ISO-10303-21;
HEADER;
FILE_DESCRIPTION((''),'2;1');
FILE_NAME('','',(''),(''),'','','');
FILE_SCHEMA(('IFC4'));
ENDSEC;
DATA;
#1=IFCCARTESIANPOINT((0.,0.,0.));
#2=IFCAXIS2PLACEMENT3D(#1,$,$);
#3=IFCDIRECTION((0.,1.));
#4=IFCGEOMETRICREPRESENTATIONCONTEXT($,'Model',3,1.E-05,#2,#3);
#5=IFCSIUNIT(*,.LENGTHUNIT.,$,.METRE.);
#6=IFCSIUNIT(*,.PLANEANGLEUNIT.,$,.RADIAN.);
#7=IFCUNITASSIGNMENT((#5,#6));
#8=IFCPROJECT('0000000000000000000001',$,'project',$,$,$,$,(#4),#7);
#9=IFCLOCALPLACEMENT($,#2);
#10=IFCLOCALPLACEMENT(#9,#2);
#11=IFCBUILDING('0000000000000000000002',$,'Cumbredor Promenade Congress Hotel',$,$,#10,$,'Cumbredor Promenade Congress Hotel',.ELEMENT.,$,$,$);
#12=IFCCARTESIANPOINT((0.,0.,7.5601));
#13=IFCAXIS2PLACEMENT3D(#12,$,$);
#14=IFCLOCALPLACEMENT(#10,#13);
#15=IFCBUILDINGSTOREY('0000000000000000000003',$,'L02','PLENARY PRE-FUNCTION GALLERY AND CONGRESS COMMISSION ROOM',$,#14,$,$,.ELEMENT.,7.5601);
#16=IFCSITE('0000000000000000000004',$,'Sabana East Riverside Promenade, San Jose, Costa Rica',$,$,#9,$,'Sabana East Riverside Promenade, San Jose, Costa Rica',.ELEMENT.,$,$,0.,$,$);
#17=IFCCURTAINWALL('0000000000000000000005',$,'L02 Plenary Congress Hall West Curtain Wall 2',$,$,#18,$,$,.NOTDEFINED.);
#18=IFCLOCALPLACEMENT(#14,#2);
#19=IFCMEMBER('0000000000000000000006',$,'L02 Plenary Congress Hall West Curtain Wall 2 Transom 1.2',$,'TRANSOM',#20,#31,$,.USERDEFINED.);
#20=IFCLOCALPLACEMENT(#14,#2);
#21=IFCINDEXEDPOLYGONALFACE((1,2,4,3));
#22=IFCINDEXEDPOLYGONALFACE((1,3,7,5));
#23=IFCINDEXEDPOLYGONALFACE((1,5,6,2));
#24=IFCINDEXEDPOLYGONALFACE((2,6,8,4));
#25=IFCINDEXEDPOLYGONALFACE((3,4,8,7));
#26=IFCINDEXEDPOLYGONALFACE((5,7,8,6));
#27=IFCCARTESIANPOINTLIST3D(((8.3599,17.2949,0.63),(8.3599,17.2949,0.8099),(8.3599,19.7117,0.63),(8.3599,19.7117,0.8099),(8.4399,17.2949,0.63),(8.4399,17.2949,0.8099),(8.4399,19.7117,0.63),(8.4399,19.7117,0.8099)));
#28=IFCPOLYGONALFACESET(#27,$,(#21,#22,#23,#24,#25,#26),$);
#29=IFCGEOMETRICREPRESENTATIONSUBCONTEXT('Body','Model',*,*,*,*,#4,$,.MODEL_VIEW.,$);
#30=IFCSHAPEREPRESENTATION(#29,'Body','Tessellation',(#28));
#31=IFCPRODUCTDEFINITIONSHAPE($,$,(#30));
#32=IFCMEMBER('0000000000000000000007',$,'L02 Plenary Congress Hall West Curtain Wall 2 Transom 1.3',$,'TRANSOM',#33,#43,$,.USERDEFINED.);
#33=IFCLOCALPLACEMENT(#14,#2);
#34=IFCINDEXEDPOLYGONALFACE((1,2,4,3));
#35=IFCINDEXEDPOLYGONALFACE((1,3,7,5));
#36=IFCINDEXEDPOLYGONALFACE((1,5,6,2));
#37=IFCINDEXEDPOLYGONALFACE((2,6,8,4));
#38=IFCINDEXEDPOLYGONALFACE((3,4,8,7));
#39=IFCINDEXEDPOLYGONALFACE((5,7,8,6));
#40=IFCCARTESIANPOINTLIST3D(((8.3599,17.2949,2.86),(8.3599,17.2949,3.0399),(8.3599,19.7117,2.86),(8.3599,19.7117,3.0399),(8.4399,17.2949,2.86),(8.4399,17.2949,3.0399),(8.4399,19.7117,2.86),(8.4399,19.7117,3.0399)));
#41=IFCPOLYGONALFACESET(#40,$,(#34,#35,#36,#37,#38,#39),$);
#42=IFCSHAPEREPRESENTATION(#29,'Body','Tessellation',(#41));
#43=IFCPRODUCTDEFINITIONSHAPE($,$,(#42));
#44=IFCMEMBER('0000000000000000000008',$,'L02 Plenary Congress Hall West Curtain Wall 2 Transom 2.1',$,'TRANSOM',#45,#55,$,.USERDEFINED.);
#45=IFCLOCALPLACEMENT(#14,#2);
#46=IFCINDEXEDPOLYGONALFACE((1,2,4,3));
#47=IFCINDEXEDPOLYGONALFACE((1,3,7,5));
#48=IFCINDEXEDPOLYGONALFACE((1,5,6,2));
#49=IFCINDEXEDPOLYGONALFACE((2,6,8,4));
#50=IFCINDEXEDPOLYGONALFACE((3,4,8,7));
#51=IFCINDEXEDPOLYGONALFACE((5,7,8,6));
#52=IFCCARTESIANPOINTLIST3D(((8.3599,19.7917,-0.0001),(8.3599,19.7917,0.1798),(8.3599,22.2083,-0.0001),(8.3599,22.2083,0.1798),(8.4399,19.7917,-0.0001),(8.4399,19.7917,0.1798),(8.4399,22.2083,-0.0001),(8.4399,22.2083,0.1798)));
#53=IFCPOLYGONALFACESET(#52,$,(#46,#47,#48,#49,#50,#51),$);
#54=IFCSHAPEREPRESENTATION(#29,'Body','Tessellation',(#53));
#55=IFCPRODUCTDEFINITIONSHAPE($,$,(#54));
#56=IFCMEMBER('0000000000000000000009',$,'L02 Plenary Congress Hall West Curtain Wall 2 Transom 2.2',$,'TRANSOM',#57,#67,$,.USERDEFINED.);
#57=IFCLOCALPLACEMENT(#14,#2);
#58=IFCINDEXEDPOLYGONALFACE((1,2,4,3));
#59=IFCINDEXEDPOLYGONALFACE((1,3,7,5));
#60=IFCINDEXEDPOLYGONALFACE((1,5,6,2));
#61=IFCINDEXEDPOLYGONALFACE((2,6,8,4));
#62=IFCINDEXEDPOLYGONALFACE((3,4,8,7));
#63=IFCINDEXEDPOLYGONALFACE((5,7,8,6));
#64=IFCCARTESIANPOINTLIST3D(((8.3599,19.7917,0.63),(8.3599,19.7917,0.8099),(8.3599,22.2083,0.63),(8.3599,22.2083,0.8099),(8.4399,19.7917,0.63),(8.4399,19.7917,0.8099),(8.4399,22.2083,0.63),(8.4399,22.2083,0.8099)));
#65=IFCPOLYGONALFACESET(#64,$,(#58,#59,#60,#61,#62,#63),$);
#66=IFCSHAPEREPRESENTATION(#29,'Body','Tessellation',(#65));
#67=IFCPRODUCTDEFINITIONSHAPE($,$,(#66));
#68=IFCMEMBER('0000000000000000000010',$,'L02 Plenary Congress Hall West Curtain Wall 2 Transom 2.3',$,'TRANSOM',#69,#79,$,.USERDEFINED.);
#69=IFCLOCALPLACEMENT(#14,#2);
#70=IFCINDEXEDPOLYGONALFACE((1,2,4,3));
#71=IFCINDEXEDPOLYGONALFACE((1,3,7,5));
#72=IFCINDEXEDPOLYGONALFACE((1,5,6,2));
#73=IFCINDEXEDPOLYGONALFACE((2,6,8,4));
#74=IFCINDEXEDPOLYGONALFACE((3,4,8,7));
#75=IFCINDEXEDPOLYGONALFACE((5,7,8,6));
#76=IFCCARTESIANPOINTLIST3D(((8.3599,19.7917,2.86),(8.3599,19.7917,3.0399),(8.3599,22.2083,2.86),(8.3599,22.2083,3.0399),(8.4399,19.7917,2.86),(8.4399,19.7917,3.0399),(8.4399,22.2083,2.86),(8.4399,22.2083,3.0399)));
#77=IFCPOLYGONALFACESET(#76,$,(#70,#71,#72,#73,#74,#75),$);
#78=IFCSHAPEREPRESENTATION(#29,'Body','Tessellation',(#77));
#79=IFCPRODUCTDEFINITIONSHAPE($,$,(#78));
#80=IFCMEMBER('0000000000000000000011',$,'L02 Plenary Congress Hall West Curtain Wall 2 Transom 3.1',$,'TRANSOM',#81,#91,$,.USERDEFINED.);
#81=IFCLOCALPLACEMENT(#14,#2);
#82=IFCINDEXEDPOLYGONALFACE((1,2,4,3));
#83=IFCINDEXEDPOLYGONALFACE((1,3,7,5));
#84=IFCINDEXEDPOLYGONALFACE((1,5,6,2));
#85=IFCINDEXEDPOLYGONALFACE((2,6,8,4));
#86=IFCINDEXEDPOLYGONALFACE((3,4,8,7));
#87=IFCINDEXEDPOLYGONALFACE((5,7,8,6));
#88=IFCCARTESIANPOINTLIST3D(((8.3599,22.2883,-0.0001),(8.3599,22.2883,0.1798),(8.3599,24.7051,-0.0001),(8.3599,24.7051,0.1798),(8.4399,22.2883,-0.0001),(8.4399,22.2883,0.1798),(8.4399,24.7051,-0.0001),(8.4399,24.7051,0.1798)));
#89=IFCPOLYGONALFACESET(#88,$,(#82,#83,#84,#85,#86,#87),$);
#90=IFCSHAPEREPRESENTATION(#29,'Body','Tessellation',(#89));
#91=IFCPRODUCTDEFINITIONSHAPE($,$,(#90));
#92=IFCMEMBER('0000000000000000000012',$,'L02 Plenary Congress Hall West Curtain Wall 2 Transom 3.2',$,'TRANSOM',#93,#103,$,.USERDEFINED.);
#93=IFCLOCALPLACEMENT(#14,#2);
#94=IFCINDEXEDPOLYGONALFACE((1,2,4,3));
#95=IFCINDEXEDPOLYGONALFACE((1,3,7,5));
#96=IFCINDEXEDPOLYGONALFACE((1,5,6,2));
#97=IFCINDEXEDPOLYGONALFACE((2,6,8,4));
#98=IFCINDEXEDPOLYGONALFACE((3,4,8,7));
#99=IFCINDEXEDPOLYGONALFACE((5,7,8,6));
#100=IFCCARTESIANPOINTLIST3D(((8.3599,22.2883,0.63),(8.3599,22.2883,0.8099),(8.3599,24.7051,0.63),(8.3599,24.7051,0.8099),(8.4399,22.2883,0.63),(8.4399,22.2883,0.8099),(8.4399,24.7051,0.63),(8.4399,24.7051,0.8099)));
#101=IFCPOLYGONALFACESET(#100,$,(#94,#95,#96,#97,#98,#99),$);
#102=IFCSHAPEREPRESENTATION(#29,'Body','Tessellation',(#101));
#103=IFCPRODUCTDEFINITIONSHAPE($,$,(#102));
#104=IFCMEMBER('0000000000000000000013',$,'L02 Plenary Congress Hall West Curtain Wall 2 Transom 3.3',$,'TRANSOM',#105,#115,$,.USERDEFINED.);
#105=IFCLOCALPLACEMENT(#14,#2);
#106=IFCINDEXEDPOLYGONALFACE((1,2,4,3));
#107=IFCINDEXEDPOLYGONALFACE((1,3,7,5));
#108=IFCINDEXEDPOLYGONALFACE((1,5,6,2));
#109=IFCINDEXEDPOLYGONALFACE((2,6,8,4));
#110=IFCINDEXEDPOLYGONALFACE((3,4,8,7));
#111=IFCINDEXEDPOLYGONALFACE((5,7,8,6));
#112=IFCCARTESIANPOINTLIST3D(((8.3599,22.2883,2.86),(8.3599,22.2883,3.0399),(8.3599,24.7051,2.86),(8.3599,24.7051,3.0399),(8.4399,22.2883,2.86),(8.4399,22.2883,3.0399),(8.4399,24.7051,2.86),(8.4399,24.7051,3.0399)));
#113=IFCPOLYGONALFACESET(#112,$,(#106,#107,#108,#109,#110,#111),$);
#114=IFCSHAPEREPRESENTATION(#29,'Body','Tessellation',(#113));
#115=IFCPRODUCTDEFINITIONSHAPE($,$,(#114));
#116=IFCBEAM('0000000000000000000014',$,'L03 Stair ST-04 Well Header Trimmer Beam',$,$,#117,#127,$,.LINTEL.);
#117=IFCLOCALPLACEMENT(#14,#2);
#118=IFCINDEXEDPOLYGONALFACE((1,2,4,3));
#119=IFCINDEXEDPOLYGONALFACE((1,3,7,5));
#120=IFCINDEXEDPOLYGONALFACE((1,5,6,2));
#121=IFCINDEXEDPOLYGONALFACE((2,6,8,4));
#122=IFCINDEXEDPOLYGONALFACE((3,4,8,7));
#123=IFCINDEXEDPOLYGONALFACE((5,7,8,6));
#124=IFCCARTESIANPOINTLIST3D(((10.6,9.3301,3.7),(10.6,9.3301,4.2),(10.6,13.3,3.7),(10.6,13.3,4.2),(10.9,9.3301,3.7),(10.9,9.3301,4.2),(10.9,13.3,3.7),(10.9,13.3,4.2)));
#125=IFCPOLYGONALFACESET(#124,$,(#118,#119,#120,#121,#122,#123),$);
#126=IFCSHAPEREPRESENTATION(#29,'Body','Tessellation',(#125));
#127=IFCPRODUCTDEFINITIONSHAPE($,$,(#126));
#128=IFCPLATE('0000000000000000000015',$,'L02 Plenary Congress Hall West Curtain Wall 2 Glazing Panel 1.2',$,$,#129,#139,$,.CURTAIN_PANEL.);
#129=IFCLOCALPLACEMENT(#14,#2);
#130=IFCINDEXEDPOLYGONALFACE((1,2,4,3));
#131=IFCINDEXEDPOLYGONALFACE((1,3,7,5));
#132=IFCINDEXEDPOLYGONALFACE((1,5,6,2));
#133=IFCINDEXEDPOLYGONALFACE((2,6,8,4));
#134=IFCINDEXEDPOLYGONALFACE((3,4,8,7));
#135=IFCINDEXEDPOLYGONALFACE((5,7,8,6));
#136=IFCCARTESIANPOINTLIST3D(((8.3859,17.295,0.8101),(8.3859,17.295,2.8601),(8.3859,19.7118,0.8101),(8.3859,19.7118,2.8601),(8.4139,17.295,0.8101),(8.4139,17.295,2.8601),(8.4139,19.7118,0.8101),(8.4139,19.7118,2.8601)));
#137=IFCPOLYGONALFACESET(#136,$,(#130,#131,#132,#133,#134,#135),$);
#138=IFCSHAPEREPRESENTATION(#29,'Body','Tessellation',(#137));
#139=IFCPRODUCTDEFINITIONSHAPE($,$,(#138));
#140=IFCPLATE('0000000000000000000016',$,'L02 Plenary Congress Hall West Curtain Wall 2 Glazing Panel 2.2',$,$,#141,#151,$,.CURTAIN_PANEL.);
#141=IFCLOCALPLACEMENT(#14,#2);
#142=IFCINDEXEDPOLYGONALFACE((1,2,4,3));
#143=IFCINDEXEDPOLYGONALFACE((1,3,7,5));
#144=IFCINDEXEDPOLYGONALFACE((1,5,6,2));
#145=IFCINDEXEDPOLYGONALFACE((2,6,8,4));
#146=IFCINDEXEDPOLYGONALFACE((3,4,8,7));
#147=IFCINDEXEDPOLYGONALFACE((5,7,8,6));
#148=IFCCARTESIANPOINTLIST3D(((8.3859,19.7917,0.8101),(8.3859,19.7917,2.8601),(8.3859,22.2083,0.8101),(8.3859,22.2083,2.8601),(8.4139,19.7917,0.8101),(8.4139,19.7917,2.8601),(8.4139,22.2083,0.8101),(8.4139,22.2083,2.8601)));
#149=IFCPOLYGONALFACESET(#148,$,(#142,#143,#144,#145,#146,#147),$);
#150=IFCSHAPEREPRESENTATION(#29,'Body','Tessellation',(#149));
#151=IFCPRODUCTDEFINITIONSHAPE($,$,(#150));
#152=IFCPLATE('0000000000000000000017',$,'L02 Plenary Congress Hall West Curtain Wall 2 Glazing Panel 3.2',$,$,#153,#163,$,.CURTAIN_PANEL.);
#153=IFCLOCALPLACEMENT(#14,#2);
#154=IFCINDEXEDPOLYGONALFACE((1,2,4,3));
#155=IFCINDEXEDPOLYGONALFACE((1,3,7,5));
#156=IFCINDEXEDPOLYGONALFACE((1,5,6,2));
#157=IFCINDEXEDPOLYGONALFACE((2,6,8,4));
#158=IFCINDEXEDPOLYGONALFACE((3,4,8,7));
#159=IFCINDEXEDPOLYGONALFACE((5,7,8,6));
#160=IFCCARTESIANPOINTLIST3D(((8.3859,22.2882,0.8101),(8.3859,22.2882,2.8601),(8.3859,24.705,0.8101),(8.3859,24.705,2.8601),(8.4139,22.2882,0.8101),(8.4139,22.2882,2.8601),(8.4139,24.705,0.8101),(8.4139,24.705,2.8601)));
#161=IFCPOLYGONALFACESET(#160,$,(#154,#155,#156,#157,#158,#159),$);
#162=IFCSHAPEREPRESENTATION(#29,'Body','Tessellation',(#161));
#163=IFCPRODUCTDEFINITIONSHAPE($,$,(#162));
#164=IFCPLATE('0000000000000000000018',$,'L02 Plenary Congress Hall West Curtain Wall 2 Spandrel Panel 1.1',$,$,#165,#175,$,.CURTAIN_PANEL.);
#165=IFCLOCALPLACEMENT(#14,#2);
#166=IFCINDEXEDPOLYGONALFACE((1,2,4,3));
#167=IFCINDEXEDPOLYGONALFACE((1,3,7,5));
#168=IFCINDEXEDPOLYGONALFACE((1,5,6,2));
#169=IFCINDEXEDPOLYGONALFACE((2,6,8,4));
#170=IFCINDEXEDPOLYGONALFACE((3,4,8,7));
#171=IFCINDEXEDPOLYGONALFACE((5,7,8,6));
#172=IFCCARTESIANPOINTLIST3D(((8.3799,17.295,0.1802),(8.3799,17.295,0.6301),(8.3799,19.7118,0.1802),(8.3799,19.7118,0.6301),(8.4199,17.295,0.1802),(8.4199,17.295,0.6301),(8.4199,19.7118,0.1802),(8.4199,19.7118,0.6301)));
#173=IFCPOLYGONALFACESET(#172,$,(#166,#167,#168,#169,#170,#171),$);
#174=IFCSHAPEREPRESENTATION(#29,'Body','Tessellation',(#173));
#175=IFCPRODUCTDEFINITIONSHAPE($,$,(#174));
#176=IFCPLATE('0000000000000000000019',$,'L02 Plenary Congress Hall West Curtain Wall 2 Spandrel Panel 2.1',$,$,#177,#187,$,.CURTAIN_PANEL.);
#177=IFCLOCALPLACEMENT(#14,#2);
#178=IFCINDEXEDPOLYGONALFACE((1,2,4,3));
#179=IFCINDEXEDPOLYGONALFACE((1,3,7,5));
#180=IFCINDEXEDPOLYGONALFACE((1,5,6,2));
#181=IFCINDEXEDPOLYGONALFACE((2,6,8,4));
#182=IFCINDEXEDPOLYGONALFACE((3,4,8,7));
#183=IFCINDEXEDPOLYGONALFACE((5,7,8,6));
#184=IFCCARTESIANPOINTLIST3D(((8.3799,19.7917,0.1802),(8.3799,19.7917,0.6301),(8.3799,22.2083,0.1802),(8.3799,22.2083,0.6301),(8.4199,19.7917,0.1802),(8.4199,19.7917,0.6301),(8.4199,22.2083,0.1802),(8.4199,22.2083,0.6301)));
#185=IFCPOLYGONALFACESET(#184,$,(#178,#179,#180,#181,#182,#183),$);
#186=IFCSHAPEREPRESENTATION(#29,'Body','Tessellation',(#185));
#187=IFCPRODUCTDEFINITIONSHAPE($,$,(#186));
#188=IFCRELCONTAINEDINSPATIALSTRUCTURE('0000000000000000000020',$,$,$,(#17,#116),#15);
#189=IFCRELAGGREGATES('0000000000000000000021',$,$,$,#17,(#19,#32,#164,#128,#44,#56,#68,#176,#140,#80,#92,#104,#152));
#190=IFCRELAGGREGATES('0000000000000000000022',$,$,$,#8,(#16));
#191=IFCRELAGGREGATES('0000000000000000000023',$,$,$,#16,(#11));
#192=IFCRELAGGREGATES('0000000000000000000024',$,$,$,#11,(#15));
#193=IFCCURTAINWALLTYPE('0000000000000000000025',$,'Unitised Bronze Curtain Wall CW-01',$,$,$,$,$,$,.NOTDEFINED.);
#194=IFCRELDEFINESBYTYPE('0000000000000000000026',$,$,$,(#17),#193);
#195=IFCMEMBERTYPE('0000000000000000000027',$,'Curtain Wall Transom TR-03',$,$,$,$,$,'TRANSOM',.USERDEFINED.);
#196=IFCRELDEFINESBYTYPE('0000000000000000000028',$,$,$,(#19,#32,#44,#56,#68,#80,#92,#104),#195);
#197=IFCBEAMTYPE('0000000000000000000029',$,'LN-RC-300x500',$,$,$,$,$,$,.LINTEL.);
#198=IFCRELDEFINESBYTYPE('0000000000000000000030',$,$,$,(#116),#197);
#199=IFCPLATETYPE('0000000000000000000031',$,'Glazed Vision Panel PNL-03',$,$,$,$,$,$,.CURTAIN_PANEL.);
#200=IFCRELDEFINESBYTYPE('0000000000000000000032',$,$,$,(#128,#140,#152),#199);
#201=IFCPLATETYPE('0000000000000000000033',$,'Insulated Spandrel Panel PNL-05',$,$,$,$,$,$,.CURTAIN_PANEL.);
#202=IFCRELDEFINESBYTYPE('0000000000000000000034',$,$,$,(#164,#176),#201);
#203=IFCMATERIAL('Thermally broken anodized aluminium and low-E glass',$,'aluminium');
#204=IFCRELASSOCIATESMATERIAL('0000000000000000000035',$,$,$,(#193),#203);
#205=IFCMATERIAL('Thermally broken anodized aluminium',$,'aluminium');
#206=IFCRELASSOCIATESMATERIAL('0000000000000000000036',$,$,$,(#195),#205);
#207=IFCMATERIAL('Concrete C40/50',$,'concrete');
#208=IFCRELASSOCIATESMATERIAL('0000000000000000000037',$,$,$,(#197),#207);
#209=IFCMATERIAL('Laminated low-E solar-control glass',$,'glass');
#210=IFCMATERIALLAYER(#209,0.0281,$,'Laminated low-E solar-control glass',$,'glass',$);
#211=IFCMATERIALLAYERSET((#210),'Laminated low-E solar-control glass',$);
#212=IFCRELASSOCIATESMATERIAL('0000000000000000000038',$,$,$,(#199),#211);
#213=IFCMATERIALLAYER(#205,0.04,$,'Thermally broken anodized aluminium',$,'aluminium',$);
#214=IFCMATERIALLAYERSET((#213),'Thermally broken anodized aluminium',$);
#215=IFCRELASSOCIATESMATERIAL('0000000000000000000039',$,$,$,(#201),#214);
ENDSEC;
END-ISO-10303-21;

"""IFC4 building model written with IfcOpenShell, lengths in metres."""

from ifc_helpers import new_model, si_unit, direction, frame, origin, origin_2d, place, context, subcontext, project, spatial, rectangle, extrude, material, layer, layer_set, material_profile, profile_set, type_object, element, aggregate, save


model = new_model("IFC4")

# Units and contexts
model_context = context("Model", 3, precision=1e-05, world=origin(), true_north=direction((0.0, 1.0)))
body_context = subcontext(model_context, "Body", "Model", "MODEL_VIEW")
ifc_project = project(units=[si_unit("LENGTHUNIT", "METRE"), si_unit("PLANEANGLEUNIT", "RADIAN")], contexts=[model_context])

# Site, building, storey
site_placement = place(None, origin())
site = spatial("IfcSite", under=ifc_project, at=site_placement, Name="Sabana East Riverside Promenade, San Jose, Costa Rica", LongName="Sabana East Riverside Promenade, San Jose, Costa Rica", CompositionType="ELEMENT", RefElevation=0.0)
building_placement = place(site_placement, origin())
building = spatial("IfcBuilding", under=site, at=building_placement, Name="Cumbredor Promenade Congress Hotel", LongName="Cumbredor Promenade Congress Hotel", CompositionType="ELEMENT")
storey_placement = place(building_placement, frame((0.0, 0.0, 7.5601)))
storey = spatial("IfcBuildingStorey", under=building, at=storey_placement, Name="L02", Description="PLENARY PRE-FUNCTION GALLERY AND CONGRESS COMMISSION ROOM", CompositionType="ELEMENT", Elevation=7.5601)

# Shared definitions
ifc_material_1 = material(Name="Concrete C40/50", Category="concrete")

# Curtain wall, members
ifc_material_2 = material(Name="Thermally broken anodized aluminium and low-E glass", Category="aluminium")
curtain_wall_type = type_object("IfcCurtainWallType", Name="Unitised Bronze Curtain Wall CW-01", PredefinedType="NOTDEFINED", material=ifc_material_2)
curtain_wall_placement = place(storey_placement, origin())
curtain_wall = element("IfcCurtainWall", 1, at=curtain_wall_placement, inside=storey, type_object=curtain_wall_type, Name="L02 Plenary Congress Hall West Curtain Wall 2", PredefinedType="NOTDEFINED")
ifc_material_3 = material(Name="Thermally broken anodized aluminium", Category="aluminium")
ifc_material_profile_1 = material_profile(ifc_material_3, rectangle(XDim=0.0801, YDim=0.1799, at=origin_2d()), Name="ALU TRANSOM 80x180")
ifc_profile_set_1 = profile_set([ifc_material_profile_1], Name="Thermally broken anodized aluminium")
member_type_1 = type_object("IfcMemberType", Name="Curtain Wall Transom TR-03", ElementType="TRANSOM", PredefinedType="USERDEFINED", material=ifc_profile_set_1)
member_1_placement = place(storey_placement, frame((8.3999, 17.2949, 0.72), z_axis=(0.0, 1.0, 0.0), x_axis=(-1.0, 0.0, 0.0)))
member_1 = element("IfcMember", 2, at=member_1_placement, type_object=member_type_1, Name="L02 Plenary Congress Hall West Curtain Wall 2 Transom 1.2", ObjectType="TRANSOM", PredefinedType="USERDEFINED", context=body_context, shape_type="SweptSolid", body=[
    extrude(rectangle(XDim=0.0801, YDim=0.1799, at=origin_2d()), origin(), (0.0, 0.0, 1.0), 2.4167),
])
member_2_placement = place(storey_placement, frame((8.3999, 17.2949, 2.95), z_axis=(0.0, 1.0, 0.0), x_axis=(-1.0, 0.0, 0.0)))
member_2 = element("IfcMember", 3, at=member_2_placement, type_object=member_type_1, Name="L02 Plenary Congress Hall West Curtain Wall 2 Transom 1.3", ObjectType="TRANSOM", PredefinedType="USERDEFINED", context=body_context, shape_type="SweptSolid", body=[
    extrude(rectangle(XDim=0.0801, YDim=0.1799, at=origin_2d()), origin(), (0.0, 0.0, 1.0), 2.4167),
])
member_3_placement = place(storey_placement, frame((8.3999, 19.7917, 0.0898), z_axis=(0.0, 1.0, 0.0), x_axis=(-1.0, 0.0, 0.0)))
member_3 = element("IfcMember", 4, at=member_3_placement, type_object=member_type_1, Name="L02 Plenary Congress Hall West Curtain Wall 2 Transom 2.1", ObjectType="TRANSOM", PredefinedType="USERDEFINED", context=body_context, shape_type="SweptSolid", body=[
    extrude(rectangle(XDim=0.0801, YDim=0.1799, at=origin_2d()), origin(), (0.0, 0.0, 1.0), 2.4165),
])
member_4_placement = place(storey_placement, frame((8.3999, 19.7917, 0.72), z_axis=(0.0, 1.0, 0.0), x_axis=(-1.0, 0.0, 0.0)))
member_4 = element("IfcMember", 5, at=member_4_placement, type_object=member_type_1, Name="L02 Plenary Congress Hall West Curtain Wall 2 Transom 2.2", ObjectType="TRANSOM", PredefinedType="USERDEFINED", context=body_context, shape_type="SweptSolid", body=[
    extrude(rectangle(XDim=0.0801, YDim=0.1799, at=origin_2d()), origin(), (0.0, 0.0, 1.0), 2.4165),
])
member_5_placement = place(storey_placement, frame((8.3999, 19.7917, 2.95), z_axis=(0.0, 1.0, 0.0), x_axis=(-1.0, 0.0, 0.0)))
member_5 = element("IfcMember", 6, at=member_5_placement, type_object=member_type_1, Name="L02 Plenary Congress Hall West Curtain Wall 2 Transom 2.3", ObjectType="TRANSOM", PredefinedType="USERDEFINED", context=body_context, shape_type="SweptSolid", body=[
    extrude(rectangle(XDim=0.0801, YDim=0.1799, at=origin_2d()), origin(), (0.0, 0.0, 1.0), 2.4165),
])
member_6_placement = place(storey_placement, frame((8.3999, 22.2883, 0.0898), z_axis=(0.0, 1.0, 0.0), x_axis=(-1.0, 0.0, 0.0)))
member_6 = element("IfcMember", 7, at=member_6_placement, type_object=member_type_1, Name="L02 Plenary Congress Hall West Curtain Wall 2 Transom 3.1", ObjectType="TRANSOM", PredefinedType="USERDEFINED", context=body_context, shape_type="SweptSolid", body=[
    extrude(rectangle(XDim=0.0801, YDim=0.1799, at=origin_2d()), origin(), (0.0, 0.0, 1.0), 2.4167),
])
member_7_placement = place(storey_placement, frame((8.3999, 22.2883, 0.72), z_axis=(0.0, 1.0, 0.0), x_axis=(-1.0, 0.0, 0.0)))
member_7 = element("IfcMember", 8, at=member_7_placement, type_object=member_type_1, Name="L02 Plenary Congress Hall West Curtain Wall 2 Transom 3.2", ObjectType="TRANSOM", PredefinedType="USERDEFINED", context=body_context, shape_type="SweptSolid", body=[
    extrude(rectangle(XDim=0.0801, YDim=0.1799, at=origin_2d()), origin(), (0.0, 0.0, 1.0), 2.4167),
])
member_8_placement = place(storey_placement, frame((8.3999, 22.2883, 2.95), z_axis=(0.0, 1.0, 0.0), x_axis=(-1.0, 0.0, 0.0)))
member_8 = element("IfcMember", 9, at=member_8_placement, type_object=member_type_1, Name="L02 Plenary Congress Hall West Curtain Wall 2 Transom 3.3", ObjectType="TRANSOM", PredefinedType="USERDEFINED", context=body_context, shape_type="SweptSolid", body=[
    extrude(rectangle(XDim=0.0801, YDim=0.1799, at=origin_2d()), origin(), (0.0, 0.0, 1.0), 2.4167),
])

# Beam
ifc_material_profile_2 = material_profile(ifc_material_1, rectangle(XDim=0.3, YDim=0.5, at=origin_2d()), Name="RC LINTEL 300x500")
ifc_profile_set_2 = profile_set([ifc_material_profile_2], Name="Concrete C40/50")
beam_type_1 = type_object("IfcBeamType", Name="LN-RC-300x500", PredefinedType="LINTEL", material=ifc_profile_set_2)
beam_1_placement = place(storey_placement, frame((10.75, 9.3301, 3.95), z_axis=(0.0, 1.0, 0.0), x_axis=(-1.0, 0.0, 0.0)))
element("IfcBeam", 10, at=beam_1_placement, inside=storey, type_object=beam_type_1, Name="L03 Stair ST-04 Well Header Trimmer Beam", PredefinedType="LINTEL", context=body_context, shape_type="SweptSolid", body=[
    extrude(rectangle(XDim=0.3, YDim=0.5, at=origin_2d()), origin(), (0.0, 0.0, 1.0), 3.97),
])

# Plates
ifc_material_4 = material(Name="Laminated low-E solar-control glass", Category="glass")
ifc_layer_1 = layer(ifc_material_4, 0.0281, Name="Laminated low-E solar-control glass", Category="glass")
ifc_layer_set_1 = layer_set([ifc_layer_1], Name="Laminated low-E solar-control glass")
plate_type_1 = type_object("IfcPlateType", Name="Glazed Vision Panel PNL-03", PredefinedType="CURTAIN_PANEL", material=ifc_layer_set_1)
plate_1_placement = place(storey_placement, frame((8.3999, 18.5034, 0.8101), z_axis=(0.0, 0.0, 1.0), x_axis=(0.0, 1.0, 0.0)))
plate_1 = element("IfcPlate", 11, at=plate_1_placement, type_object=plate_type_1, Name="L02 Plenary Congress Hall West Curtain Wall 2 Glazing Panel 1.2", PredefinedType="CURTAIN_PANEL", context=body_context, shape_type="SweptSolid", body=[
    extrude(rectangle(XDim=2.4167, YDim=0.0281, at=origin_2d()), origin(), (0.0, 0.0, 1.0), 2.05),
])
plate_2_placement = place(storey_placement, frame((8.3999, 21.0, 0.8101), z_axis=(0.0, 0.0, 1.0), x_axis=(0.0, 1.0, 0.0)))
plate_2 = element("IfcPlate", 12, at=plate_2_placement, type_object=plate_type_1, Name="L02 Plenary Congress Hall West Curtain Wall 2 Glazing Panel 2.2", PredefinedType="CURTAIN_PANEL", context=body_context, shape_type="SweptSolid", body=[
    extrude(rectangle(XDim=2.4165, YDim=0.0281, at=origin_2d()), origin(), (0.0, 0.0, 1.0), 2.05),
])
plate_3_placement = place(storey_placement, frame((8.3999, 23.4966, 0.8101), z_axis=(0.0, 0.0, 1.0), x_axis=(0.0, 1.0, 0.0)))
plate_3 = element("IfcPlate", 13, at=plate_3_placement, type_object=plate_type_1, Name="L02 Plenary Congress Hall West Curtain Wall 2 Glazing Panel 3.2", PredefinedType="CURTAIN_PANEL", context=body_context, shape_type="SweptSolid", body=[
    extrude(rectangle(XDim=2.4167, YDim=0.0281, at=origin_2d()), origin(), (0.0, 0.0, 1.0), 2.05),
])
ifc_layer_2 = layer(ifc_material_3, 0.04, Name="Thermally broken anodized aluminium", Category="aluminium")
ifc_layer_set_2 = layer_set([ifc_layer_2], Name="Thermally broken anodized aluminium")
plate_type_2 = type_object("IfcPlateType", Name="Insulated Spandrel Panel PNL-05", PredefinedType="CURTAIN_PANEL", material=ifc_layer_set_2)
plate_4_placement = place(storey_placement, frame((8.3999, 18.5034, 0.1802), z_axis=(0.0, 0.0, 1.0), x_axis=(0.0, 1.0, 0.0)))
plate_4 = element("IfcPlate", 14, at=plate_4_placement, type_object=plate_type_2, Name="L02 Plenary Congress Hall West Curtain Wall 2 Spandrel Panel 1.1", PredefinedType="CURTAIN_PANEL", context=body_context, shape_type="SweptSolid", body=[
    extrude(rectangle(XDim=2.4167, YDim=0.04, at=origin_2d()), origin(), (0.0, 0.0, 1.0), 0.45),
])
plate_5_placement = place(storey_placement, frame((8.3999, 21.0, 0.1802), z_axis=(0.0, 0.0, 1.0), x_axis=(0.0, 1.0, 0.0)))
plate_5 = element("IfcPlate", 15, at=plate_5_placement, type_object=plate_type_2, Name="L02 Plenary Congress Hall West Curtain Wall 2 Spandrel Panel 2.1", PredefinedType="CURTAIN_PANEL", context=body_context, shape_type="SweptSolid", body=[
    extrude(rectangle(XDim=2.4165, YDim=0.04, at=origin_2d()), origin(), (0.0, 0.0, 1.0), 0.45),
])
aggregate(curtain_wall, [member_1, member_2, plate_4, plate_1, member_3, member_4, member_5, plate_5, plate_2, member_6, member_7, member_8, plate_3])

save(model, "model.ifc")
